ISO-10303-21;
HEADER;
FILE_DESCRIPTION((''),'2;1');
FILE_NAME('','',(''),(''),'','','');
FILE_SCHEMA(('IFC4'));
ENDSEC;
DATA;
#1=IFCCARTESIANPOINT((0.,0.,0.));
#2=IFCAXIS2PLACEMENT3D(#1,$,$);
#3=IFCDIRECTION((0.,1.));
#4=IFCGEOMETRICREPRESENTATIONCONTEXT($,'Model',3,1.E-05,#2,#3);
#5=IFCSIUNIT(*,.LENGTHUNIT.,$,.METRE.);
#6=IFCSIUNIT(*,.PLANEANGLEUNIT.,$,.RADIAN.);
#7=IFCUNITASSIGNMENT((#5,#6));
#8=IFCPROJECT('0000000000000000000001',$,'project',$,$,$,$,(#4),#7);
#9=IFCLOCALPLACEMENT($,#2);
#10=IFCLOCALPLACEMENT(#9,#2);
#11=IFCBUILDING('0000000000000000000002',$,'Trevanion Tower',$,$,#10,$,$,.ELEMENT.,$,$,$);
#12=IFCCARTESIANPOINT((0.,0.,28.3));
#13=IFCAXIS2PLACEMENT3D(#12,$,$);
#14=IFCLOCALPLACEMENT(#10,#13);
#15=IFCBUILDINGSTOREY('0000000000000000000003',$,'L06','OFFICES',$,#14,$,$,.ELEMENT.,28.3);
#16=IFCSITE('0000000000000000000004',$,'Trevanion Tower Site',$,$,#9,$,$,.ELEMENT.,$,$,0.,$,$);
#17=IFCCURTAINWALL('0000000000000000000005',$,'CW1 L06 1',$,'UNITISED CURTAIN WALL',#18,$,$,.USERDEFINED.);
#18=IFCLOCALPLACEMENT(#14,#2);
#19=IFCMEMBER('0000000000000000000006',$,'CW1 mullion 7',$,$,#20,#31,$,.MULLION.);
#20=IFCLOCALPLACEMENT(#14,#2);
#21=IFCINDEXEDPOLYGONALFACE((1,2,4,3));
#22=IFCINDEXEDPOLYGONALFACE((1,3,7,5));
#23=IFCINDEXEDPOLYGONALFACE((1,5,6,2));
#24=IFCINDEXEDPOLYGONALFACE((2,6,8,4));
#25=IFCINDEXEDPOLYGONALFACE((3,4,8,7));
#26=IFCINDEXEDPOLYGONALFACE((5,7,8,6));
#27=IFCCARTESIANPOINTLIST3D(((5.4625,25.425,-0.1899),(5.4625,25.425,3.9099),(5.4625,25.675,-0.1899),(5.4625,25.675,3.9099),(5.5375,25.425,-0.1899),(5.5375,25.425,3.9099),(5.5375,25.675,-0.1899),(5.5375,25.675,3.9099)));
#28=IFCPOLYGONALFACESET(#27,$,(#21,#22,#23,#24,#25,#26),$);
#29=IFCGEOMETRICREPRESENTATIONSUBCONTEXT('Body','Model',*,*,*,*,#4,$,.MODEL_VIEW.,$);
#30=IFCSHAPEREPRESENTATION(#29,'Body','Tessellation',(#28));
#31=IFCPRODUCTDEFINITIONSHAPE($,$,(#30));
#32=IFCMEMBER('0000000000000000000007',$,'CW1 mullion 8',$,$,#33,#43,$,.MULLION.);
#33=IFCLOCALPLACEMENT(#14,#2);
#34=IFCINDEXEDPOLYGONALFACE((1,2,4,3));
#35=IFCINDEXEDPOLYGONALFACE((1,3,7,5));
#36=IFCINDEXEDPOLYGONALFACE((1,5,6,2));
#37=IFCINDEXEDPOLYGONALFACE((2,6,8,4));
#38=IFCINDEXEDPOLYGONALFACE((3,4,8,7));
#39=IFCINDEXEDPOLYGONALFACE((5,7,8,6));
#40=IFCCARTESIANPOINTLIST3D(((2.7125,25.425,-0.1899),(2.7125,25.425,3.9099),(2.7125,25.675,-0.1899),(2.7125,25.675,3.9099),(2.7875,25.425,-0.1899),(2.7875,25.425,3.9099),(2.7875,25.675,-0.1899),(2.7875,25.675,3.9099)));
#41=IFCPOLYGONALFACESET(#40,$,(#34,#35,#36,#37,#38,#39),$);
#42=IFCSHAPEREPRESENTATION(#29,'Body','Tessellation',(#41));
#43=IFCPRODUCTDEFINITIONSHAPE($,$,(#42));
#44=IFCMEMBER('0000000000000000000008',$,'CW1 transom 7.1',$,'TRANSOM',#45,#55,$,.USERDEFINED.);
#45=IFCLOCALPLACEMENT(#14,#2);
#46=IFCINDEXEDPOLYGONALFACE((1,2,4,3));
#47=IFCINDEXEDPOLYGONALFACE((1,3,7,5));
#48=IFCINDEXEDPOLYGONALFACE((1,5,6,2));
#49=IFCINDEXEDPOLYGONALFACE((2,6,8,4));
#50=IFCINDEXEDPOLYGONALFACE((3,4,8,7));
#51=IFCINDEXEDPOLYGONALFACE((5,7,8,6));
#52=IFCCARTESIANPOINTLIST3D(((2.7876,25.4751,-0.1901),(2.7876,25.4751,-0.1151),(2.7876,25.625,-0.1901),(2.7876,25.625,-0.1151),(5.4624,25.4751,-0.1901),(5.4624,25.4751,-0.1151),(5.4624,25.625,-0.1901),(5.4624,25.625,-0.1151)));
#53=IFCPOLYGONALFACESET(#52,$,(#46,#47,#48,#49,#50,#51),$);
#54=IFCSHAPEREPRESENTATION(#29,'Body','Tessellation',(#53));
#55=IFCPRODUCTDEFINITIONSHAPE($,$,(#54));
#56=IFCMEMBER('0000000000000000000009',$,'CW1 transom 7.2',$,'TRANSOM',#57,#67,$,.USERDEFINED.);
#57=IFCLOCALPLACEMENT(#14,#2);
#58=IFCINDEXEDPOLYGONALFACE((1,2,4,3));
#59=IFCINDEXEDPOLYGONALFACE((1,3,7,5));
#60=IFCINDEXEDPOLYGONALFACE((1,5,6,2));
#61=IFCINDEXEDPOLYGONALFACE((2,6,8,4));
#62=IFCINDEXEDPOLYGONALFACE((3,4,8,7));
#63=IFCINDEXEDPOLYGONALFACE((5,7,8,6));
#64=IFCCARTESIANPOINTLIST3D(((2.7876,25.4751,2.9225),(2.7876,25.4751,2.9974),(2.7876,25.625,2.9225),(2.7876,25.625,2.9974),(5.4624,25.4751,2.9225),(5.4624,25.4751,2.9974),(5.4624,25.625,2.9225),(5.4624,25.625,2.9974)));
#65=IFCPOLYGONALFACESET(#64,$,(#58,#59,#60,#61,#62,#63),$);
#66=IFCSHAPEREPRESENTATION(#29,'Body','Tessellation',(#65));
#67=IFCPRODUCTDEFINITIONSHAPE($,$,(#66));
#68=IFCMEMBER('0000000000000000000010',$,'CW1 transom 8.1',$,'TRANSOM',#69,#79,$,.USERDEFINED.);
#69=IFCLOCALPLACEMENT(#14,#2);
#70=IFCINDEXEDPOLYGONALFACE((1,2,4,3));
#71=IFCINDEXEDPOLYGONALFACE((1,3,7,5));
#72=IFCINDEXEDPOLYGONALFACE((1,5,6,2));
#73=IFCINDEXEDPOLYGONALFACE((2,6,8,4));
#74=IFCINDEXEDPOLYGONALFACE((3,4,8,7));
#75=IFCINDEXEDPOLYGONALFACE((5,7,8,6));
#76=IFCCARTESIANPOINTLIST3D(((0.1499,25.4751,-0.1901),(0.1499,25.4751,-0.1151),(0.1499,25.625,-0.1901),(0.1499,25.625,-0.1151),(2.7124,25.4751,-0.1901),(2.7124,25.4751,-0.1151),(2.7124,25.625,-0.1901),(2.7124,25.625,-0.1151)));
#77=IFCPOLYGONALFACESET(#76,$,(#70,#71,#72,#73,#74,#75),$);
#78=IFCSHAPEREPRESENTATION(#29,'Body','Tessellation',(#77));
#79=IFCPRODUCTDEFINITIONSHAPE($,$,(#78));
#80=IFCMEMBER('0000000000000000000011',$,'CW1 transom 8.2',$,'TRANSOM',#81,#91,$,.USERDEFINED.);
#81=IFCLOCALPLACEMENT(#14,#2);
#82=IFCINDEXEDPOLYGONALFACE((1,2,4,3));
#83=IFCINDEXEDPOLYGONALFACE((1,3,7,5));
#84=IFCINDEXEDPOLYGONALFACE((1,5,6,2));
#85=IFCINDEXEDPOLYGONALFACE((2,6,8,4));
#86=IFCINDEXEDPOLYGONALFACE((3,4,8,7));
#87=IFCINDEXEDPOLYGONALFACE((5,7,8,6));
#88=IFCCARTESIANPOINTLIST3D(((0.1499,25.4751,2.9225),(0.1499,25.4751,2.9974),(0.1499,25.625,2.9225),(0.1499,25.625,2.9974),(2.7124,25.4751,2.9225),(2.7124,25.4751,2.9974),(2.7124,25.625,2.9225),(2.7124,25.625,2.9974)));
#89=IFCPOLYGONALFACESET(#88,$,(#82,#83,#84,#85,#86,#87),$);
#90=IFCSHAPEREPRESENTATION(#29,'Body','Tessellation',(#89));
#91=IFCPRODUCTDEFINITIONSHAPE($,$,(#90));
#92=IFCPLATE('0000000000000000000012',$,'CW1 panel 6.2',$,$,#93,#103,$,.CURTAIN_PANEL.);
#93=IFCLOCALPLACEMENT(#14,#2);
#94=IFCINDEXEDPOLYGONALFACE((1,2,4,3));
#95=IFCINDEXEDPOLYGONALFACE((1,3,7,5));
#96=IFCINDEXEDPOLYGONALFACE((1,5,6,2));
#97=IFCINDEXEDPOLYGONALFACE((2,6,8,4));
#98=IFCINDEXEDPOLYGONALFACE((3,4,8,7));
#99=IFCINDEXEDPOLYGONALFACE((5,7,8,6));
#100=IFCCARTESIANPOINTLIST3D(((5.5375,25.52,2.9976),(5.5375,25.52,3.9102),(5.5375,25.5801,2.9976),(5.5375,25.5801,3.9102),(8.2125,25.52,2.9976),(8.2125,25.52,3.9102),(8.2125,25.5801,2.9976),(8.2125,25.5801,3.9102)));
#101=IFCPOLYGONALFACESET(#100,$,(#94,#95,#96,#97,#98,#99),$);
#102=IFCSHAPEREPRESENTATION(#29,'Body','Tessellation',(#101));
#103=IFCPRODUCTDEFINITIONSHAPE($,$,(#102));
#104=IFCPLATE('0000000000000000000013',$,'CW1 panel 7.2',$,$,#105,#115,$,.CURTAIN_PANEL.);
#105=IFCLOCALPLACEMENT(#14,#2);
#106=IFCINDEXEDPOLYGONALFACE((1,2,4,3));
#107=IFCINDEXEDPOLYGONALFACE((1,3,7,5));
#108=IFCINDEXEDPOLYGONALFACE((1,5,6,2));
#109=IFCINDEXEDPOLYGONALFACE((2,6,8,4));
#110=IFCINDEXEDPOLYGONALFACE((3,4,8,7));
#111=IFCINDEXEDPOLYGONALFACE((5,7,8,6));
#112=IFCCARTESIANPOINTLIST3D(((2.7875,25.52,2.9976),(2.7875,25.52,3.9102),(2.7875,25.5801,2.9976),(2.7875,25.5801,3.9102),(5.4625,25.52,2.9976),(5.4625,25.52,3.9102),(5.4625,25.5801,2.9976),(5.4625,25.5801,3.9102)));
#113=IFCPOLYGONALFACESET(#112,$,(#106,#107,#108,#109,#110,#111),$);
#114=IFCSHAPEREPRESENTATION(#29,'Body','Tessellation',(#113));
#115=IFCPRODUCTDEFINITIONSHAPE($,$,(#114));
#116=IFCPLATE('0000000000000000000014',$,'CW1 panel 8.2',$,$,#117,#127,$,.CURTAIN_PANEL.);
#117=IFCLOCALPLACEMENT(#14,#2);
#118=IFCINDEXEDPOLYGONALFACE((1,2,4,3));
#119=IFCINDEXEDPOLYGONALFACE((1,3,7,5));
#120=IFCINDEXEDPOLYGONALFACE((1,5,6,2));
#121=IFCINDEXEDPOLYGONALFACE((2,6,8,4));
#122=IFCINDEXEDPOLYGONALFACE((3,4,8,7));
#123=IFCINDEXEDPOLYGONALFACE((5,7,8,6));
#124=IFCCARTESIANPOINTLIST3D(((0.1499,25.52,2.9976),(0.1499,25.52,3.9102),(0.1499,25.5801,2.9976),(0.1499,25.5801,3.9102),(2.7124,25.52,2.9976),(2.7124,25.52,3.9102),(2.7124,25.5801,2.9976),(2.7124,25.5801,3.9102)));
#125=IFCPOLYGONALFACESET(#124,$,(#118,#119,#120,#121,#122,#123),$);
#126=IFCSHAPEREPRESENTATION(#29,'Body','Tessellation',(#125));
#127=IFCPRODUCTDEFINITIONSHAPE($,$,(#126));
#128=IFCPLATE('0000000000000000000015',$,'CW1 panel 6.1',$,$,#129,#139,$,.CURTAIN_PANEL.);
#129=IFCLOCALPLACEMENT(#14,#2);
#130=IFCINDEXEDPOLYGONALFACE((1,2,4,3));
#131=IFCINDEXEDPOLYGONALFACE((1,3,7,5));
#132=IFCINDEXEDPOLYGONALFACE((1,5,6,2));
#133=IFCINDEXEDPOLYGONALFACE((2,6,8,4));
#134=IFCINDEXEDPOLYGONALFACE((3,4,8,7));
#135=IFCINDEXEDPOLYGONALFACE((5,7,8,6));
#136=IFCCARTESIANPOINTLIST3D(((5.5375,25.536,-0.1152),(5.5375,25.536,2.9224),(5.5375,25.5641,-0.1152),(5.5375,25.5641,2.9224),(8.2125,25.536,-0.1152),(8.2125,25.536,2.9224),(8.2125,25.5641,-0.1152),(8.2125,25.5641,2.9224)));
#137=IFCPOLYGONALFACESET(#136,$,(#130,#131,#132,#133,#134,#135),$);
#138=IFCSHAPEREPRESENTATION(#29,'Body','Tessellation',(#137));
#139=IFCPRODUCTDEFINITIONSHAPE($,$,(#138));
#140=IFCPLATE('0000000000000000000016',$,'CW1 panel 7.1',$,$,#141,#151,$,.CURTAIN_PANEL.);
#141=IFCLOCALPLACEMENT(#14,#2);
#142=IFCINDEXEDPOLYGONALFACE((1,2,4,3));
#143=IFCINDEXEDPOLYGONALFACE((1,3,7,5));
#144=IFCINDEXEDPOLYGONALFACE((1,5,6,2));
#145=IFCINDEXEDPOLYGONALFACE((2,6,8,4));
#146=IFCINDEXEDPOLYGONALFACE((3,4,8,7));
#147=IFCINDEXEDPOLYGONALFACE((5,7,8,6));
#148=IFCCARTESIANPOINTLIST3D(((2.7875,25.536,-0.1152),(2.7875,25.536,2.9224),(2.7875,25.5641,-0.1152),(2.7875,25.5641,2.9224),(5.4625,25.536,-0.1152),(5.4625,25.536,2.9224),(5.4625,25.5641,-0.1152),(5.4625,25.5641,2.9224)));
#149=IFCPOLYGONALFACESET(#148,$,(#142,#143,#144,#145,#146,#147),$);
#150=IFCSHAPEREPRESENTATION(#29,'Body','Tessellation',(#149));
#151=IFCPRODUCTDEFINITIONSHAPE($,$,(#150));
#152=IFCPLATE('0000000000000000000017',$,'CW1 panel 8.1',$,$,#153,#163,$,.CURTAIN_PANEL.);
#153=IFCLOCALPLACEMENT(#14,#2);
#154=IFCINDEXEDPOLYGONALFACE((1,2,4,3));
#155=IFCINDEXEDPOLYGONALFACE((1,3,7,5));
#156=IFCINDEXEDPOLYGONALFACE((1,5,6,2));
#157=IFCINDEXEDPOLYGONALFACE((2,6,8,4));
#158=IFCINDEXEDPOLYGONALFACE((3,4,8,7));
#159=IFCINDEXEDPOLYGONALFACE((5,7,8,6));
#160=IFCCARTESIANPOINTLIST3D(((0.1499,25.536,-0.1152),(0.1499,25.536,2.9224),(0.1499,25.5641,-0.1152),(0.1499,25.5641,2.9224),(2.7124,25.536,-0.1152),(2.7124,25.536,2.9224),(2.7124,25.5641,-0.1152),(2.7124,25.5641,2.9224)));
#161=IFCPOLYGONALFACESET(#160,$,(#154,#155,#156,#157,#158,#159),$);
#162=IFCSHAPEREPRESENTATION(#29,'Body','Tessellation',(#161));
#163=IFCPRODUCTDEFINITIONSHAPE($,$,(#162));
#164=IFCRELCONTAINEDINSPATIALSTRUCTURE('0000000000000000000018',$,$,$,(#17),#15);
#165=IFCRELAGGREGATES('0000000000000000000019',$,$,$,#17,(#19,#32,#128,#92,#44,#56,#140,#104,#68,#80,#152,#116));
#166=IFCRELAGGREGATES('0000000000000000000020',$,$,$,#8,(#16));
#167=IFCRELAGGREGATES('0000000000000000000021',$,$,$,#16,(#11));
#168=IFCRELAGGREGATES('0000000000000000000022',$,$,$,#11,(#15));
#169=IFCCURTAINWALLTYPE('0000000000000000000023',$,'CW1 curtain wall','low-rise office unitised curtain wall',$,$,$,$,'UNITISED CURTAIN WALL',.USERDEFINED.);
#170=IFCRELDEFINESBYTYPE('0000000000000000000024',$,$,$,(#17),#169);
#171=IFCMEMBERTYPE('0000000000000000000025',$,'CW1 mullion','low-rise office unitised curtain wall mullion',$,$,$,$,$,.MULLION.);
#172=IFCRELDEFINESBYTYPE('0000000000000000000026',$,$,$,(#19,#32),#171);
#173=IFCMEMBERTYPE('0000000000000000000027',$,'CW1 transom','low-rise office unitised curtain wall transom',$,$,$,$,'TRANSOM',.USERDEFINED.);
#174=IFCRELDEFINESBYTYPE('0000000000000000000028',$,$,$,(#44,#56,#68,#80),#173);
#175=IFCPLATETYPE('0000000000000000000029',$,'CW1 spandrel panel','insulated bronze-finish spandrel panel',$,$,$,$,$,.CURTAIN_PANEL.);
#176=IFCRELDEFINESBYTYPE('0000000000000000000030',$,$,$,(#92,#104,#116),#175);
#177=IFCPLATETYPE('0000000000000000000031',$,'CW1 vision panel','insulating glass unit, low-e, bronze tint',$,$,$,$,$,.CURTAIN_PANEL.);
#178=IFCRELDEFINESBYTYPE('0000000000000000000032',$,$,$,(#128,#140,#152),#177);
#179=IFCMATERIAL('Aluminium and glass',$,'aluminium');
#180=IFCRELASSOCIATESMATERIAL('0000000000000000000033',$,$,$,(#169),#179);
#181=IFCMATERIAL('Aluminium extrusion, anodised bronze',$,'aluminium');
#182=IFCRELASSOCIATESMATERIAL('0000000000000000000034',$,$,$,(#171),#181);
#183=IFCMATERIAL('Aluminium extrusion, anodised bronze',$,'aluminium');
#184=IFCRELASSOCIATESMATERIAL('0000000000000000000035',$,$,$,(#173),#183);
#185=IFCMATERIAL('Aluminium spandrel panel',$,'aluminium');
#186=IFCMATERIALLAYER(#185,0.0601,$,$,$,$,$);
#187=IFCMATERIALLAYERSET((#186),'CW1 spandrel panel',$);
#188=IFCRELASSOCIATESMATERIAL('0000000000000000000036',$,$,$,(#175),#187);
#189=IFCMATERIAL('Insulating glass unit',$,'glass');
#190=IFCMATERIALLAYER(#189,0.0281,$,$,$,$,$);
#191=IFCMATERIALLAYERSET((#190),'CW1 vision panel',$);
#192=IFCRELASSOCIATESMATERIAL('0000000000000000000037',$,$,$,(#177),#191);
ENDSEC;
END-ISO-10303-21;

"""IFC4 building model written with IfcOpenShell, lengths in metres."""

from ifc_helpers import new_model, si_unit, direction, frame, origin, origin_2d, place, context, subcontext, project, spatial, rectangle, extrude, material, layer, layer_set, material_profile, profile_set, type_object, element, aggregate, save


model = new_model("IFC4")

# Units and contexts
model_context = context("Model", 3, precision=1e-05, world=origin(), true_north=direction((0.0, 1.0)))
body_context = subcontext(model_context, "Body", "Model", "MODEL_VIEW")
ifc_project = project(units=[si_unit("LENGTHUNIT", "METRE"), si_unit("PLANEANGLEUNIT", "RADIAN")], contexts=[model_context])

# Site, building, storey
site_placement = place(None, origin())
site = spatial("IfcSite", under=ifc_project, at=site_placement, Name="Trevanion Tower Site", CompositionType="ELEMENT", RefElevation=0.0)
building_placement = place(site_placement, origin())
building = spatial("IfcBuilding", under=site, at=building_placement, Name="Trevanion Tower", CompositionType="ELEMENT")
storey_placement = place(building_placement, frame((0.0, 0.0, 28.3)))
storey = spatial("IfcBuildingStorey", under=building, at=storey_placement, Name="L06", Description="OFFICES", CompositionType="ELEMENT", Elevation=28.3)

# Curtain wall, members, plates
ifc_material_1 = material(Name="Aluminium and glass", Category="aluminium")
curtain_wall_type = type_object("IfcCurtainWallType", Name="CW1 curtain wall", Description="low-rise office unitised curtain wall", ElementType="UNITISED CURTAIN WALL", PredefinedType="USERDEFINED", material=ifc_material_1)
curtain_wall_placement = place(storey_placement, origin())
curtain_wall = element("IfcCurtainWall", 1, at=curtain_wall_placement, inside=storey, type_object=curtain_wall_type, Name="CW1 L06 1", ObjectType="UNITISED CURTAIN WALL", PredefinedType="USERDEFINED")
ifc_material_2 = material(Name="Aluminium extrusion, anodised bronze", Category="aluminium")
ifc_material_profile_1 = material_profile(ifc_material_2, rectangle(XDim=0.075, YDim=0.25, at=origin_2d()), Name="CW1 mullion")
ifc_profile_set_1 = profile_set([ifc_material_profile_1], Name="Aluminium extrusion, anodised bronze")
member_type_1 = type_object("IfcMemberType", Name="CW1 mullion", Description="low-rise office unitised curtain wall mullion", PredefinedType="MULLION", material=ifc_profile_set_1)
member_1_placement = place(storey_placement, frame((5.5, 25.55, -0.1899), z_axis=(0.0, 0.0, 1.0), x_axis=(-1.0, 0.0, 0.0)))
member_1 = element("IfcMember", 2, at=member_1_placement, type_object=member_type_1, Name="CW1 mullion 7", PredefinedType="MULLION", context=body_context, shape_type="SweptSolid", body=[
    extrude(rectangle(XDim=0.075, YDim=0.25, at=origin_2d()), origin(), (0.0, 0.0, 1.0), 4.0999),
])
member_2_placement = place(storey_placement, frame((2.75, 25.55, -0.1899), z_axis=(0.0, 0.0, 1.0), x_axis=(-1.0, 0.0, 0.0)))
member_2 = element("IfcMember", 3, at=member_2_placement, type_object=member_type_1, Name="CW1 mullion 8", PredefinedType="MULLION", context=body_context, shape_type="SweptSolid", body=[
    extrude(rectangle(XDim=0.075, YDim=0.25, at=origin_2d()), origin(), (0.0, 0.0, 1.0), 4.0999),
])
ifc_material_3 = material(Name="Aluminium extrusion, anodised bronze", Category="aluminium")
ifc_material_profile_2 = material_profile(ifc_material_3, rectangle(XDim=0.1499, YDim=0.075, at=origin_2d()), Name="CW1 transom")
ifc_profile_set_2 = profile_set([ifc_material_profile_2], Name="Aluminium extrusion, anodised bronze")
member_type_2 = type_object("IfcMemberType", Name="CW1 transom", Description="low-rise office unitised curtain wall transom", ElementType="TRANSOM", PredefinedType="USERDEFINED", material=ifc_profile_set_2)
member_3_placement = place(storey_placement, frame((5.4624, 25.55, -0.1526), z_axis=(-1.0, 0.0, 0.0), x_axis=(0.0, -1.0, 0.0)))
member_3 = element("IfcMember", 4, at=member_3_placement, type_object=member_type_2, Name="CW1 transom 7.1", ObjectType="TRANSOM", PredefinedType="USERDEFINED", context=body_context, shape_type="SweptSolid", body=[
    extrude(rectangle(XDim=0.1499, YDim=0.075, at=origin_2d()), origin(), (0.0, 0.0, 1.0), 2.6748),
])
member_4_placement = place(storey_placement, frame((5.4624, 25.55, 2.96), z_axis=(-1.0, 0.0, 0.0), x_axis=(0.0, -1.0, 0.0)))
member_4 = element("IfcMember", 5, at=member_4_placement, type_object=member_type_2, Name="CW1 transom 7.2", ObjectType="TRANSOM", PredefinedType="USERDEFINED", context=body_context, shape_type="SweptSolid", body=[
    extrude(rectangle(XDim=0.1499, YDim=0.075, at=origin_2d()), origin(), (0.0, 0.0, 1.0), 2.6748),
])
member_5_placement = place(storey_placement, frame((2.7124, 25.55, -0.1526), z_axis=(-1.0, 0.0, 0.0), x_axis=(0.0, -1.0, 0.0)))
member_5 = element("IfcMember", 6, at=member_5_placement, type_object=member_type_2, Name="CW1 transom 8.1", ObjectType="TRANSOM", PredefinedType="USERDEFINED", context=body_context, shape_type="SweptSolid", body=[
    extrude(rectangle(XDim=0.1499, YDim=0.075, at=origin_2d()), origin(), (0.0, 0.0, 1.0), 2.5625),
])
member_6_placement = place(storey_placement, frame((2.7124, 25.55, 2.96), z_axis=(-1.0, 0.0, 0.0), x_axis=(0.0, -1.0, 0.0)))
member_6 = element("IfcMember", 7, at=member_6_placement, type_object=member_type_2, Name="CW1 transom 8.2", ObjectType="TRANSOM", PredefinedType="USERDEFINED", context=body_context, shape_type="SweptSolid", body=[
    extrude(rectangle(XDim=0.1499, YDim=0.075, at=origin_2d()), origin(), (0.0, 0.0, 1.0), 2.5625),
])
ifc_material_4 = material(Name="Aluminium spandrel panel", Category="aluminium")
ifc_layer_1 = layer(ifc_material_4, 0.0601)
ifc_layer_set_1 = layer_set([ifc_layer_1], Name="CW1 spandrel panel")
plate_type_1 = type_object("IfcPlateType", Name="CW1 spandrel panel", Description="insulated bronze-finish spandrel panel", PredefinedType="CURTAIN_PANEL", material=ifc_layer_set_1)
plate_1_placement = place(storey_placement, frame((6.875, 25.55, 2.9976), z_axis=(0.0, 0.0, 1.0), x_axis=(-1.0, 0.0, 0.0)))
plate_1 = element("IfcPlate", 8, at=plate_1_placement, type_object=plate_type_1, Name="CW1 panel 6.2", PredefinedType="CURTAIN_PANEL", context=body_context, shape_type="SweptSolid", body=[
    extrude(rectangle(XDim=2.675, YDim=0.0601, at=origin_2d()), origin(), (0.0, 0.0, 1.0), 0.9126),
])
plate_2_placement = place(storey_placement, frame((4.125, 25.55, 2.9976), z_axis=(0.0, 0.0, 1.0), x_axis=(-1.0, 0.0, 0.0)))
plate_2 = element("IfcPlate", 9, at=plate_2_placement, type_object=plate_type_1, Name="CW1 panel 7.2", PredefinedType="CURTAIN_PANEL", context=body_context, shape_type="SweptSolid", body=[
    extrude(rectangle(XDim=2.675, YDim=0.0601, at=origin_2d()), origin(), (0.0, 0.0, 1.0), 0.9126),
])
plate_3_placement = place(storey_placement, frame((1.4312, 25.55, 2.9976), z_axis=(0.0, 0.0, 1.0), x_axis=(-1.0, 0.0, 0.0)))
plate_3 = element("IfcPlate", 10, at=plate_3_placement, type_object=plate_type_1, Name="CW1 panel 8.2", PredefinedType="CURTAIN_PANEL", context=body_context, shape_type="SweptSolid", body=[
    extrude(rectangle(XDim=2.5625, YDim=0.0601, at=origin_2d()), origin(), (0.0, 0.0, 1.0), 0.9126),
])
ifc_material_5 = material(Name="Insulating glass unit", Category="glass")
ifc_layer_2 = layer(ifc_material_5, 0.0281)
ifc_layer_set_2 = layer_set([ifc_layer_2], Name="CW1 vision panel")
plate_type_2 = type_object("IfcPlateType", Name="CW1 vision panel", Description="insulating glass unit, low-e, bronze tint", PredefinedType="CURTAIN_PANEL", material=ifc_layer_set_2)
plate_4_placement = place(storey_placement, frame((6.875, 25.55, -0.1152), z_axis=(0.0, 0.0, 1.0), x_axis=(-1.0, 0.0, 0.0)))
plate_4 = element("IfcPlate", 11, at=plate_4_placement, type_object=plate_type_2, Name="CW1 panel 6.1", PredefinedType="CURTAIN_PANEL", context=body_context, shape_type="SweptSolid", body=[
    extrude(rectangle(XDim=2.675, YDim=0.0281, at=origin_2d()), origin(), (0.0, 0.0, 1.0), 3.0376),
])
plate_5_placement = place(storey_placement, frame((4.125, 25.55, -0.1152), z_axis=(0.0, 0.0, 1.0), x_axis=(-1.0, 0.0, 0.0)))
plate_5 = element("IfcPlate", 12, at=plate_5_placement, type_object=plate_type_2, Name="CW1 panel 7.1", PredefinedType="CURTAIN_PANEL", context=body_context, shape_type="SweptSolid", body=[
    extrude(rectangle(XDim=2.675, YDim=0.0281, at=origin_2d()), origin(), (0.0, 0.0, 1.0), 3.0376),
])
plate_6_placement = place(storey_placement, frame((1.4312, 25.55, -0.1152), z_axis=(0.0, 0.0, 1.0), x_axis=(-1.0, 0.0, 0.0)))
plate_6 = element("IfcPlate", 13, at=plate_6_placement, type_object=plate_type_2, Name="CW1 panel 8.1", PredefinedType="CURTAIN_PANEL", context=body_context, shape_type="SweptSolid", body=[
    extrude(rectangle(XDim=2.5625, YDim=0.0281, at=origin_2d()), origin(), (0.0, 0.0, 1.0), 3.0376),
])
aggregate(curtain_wall, [member_1, member_2, plate_4, plate_1, member_3, member_4, plate_5, plate_2, member_5, member_6, plate_6, plate_3])

save(model, "model.ifc")
